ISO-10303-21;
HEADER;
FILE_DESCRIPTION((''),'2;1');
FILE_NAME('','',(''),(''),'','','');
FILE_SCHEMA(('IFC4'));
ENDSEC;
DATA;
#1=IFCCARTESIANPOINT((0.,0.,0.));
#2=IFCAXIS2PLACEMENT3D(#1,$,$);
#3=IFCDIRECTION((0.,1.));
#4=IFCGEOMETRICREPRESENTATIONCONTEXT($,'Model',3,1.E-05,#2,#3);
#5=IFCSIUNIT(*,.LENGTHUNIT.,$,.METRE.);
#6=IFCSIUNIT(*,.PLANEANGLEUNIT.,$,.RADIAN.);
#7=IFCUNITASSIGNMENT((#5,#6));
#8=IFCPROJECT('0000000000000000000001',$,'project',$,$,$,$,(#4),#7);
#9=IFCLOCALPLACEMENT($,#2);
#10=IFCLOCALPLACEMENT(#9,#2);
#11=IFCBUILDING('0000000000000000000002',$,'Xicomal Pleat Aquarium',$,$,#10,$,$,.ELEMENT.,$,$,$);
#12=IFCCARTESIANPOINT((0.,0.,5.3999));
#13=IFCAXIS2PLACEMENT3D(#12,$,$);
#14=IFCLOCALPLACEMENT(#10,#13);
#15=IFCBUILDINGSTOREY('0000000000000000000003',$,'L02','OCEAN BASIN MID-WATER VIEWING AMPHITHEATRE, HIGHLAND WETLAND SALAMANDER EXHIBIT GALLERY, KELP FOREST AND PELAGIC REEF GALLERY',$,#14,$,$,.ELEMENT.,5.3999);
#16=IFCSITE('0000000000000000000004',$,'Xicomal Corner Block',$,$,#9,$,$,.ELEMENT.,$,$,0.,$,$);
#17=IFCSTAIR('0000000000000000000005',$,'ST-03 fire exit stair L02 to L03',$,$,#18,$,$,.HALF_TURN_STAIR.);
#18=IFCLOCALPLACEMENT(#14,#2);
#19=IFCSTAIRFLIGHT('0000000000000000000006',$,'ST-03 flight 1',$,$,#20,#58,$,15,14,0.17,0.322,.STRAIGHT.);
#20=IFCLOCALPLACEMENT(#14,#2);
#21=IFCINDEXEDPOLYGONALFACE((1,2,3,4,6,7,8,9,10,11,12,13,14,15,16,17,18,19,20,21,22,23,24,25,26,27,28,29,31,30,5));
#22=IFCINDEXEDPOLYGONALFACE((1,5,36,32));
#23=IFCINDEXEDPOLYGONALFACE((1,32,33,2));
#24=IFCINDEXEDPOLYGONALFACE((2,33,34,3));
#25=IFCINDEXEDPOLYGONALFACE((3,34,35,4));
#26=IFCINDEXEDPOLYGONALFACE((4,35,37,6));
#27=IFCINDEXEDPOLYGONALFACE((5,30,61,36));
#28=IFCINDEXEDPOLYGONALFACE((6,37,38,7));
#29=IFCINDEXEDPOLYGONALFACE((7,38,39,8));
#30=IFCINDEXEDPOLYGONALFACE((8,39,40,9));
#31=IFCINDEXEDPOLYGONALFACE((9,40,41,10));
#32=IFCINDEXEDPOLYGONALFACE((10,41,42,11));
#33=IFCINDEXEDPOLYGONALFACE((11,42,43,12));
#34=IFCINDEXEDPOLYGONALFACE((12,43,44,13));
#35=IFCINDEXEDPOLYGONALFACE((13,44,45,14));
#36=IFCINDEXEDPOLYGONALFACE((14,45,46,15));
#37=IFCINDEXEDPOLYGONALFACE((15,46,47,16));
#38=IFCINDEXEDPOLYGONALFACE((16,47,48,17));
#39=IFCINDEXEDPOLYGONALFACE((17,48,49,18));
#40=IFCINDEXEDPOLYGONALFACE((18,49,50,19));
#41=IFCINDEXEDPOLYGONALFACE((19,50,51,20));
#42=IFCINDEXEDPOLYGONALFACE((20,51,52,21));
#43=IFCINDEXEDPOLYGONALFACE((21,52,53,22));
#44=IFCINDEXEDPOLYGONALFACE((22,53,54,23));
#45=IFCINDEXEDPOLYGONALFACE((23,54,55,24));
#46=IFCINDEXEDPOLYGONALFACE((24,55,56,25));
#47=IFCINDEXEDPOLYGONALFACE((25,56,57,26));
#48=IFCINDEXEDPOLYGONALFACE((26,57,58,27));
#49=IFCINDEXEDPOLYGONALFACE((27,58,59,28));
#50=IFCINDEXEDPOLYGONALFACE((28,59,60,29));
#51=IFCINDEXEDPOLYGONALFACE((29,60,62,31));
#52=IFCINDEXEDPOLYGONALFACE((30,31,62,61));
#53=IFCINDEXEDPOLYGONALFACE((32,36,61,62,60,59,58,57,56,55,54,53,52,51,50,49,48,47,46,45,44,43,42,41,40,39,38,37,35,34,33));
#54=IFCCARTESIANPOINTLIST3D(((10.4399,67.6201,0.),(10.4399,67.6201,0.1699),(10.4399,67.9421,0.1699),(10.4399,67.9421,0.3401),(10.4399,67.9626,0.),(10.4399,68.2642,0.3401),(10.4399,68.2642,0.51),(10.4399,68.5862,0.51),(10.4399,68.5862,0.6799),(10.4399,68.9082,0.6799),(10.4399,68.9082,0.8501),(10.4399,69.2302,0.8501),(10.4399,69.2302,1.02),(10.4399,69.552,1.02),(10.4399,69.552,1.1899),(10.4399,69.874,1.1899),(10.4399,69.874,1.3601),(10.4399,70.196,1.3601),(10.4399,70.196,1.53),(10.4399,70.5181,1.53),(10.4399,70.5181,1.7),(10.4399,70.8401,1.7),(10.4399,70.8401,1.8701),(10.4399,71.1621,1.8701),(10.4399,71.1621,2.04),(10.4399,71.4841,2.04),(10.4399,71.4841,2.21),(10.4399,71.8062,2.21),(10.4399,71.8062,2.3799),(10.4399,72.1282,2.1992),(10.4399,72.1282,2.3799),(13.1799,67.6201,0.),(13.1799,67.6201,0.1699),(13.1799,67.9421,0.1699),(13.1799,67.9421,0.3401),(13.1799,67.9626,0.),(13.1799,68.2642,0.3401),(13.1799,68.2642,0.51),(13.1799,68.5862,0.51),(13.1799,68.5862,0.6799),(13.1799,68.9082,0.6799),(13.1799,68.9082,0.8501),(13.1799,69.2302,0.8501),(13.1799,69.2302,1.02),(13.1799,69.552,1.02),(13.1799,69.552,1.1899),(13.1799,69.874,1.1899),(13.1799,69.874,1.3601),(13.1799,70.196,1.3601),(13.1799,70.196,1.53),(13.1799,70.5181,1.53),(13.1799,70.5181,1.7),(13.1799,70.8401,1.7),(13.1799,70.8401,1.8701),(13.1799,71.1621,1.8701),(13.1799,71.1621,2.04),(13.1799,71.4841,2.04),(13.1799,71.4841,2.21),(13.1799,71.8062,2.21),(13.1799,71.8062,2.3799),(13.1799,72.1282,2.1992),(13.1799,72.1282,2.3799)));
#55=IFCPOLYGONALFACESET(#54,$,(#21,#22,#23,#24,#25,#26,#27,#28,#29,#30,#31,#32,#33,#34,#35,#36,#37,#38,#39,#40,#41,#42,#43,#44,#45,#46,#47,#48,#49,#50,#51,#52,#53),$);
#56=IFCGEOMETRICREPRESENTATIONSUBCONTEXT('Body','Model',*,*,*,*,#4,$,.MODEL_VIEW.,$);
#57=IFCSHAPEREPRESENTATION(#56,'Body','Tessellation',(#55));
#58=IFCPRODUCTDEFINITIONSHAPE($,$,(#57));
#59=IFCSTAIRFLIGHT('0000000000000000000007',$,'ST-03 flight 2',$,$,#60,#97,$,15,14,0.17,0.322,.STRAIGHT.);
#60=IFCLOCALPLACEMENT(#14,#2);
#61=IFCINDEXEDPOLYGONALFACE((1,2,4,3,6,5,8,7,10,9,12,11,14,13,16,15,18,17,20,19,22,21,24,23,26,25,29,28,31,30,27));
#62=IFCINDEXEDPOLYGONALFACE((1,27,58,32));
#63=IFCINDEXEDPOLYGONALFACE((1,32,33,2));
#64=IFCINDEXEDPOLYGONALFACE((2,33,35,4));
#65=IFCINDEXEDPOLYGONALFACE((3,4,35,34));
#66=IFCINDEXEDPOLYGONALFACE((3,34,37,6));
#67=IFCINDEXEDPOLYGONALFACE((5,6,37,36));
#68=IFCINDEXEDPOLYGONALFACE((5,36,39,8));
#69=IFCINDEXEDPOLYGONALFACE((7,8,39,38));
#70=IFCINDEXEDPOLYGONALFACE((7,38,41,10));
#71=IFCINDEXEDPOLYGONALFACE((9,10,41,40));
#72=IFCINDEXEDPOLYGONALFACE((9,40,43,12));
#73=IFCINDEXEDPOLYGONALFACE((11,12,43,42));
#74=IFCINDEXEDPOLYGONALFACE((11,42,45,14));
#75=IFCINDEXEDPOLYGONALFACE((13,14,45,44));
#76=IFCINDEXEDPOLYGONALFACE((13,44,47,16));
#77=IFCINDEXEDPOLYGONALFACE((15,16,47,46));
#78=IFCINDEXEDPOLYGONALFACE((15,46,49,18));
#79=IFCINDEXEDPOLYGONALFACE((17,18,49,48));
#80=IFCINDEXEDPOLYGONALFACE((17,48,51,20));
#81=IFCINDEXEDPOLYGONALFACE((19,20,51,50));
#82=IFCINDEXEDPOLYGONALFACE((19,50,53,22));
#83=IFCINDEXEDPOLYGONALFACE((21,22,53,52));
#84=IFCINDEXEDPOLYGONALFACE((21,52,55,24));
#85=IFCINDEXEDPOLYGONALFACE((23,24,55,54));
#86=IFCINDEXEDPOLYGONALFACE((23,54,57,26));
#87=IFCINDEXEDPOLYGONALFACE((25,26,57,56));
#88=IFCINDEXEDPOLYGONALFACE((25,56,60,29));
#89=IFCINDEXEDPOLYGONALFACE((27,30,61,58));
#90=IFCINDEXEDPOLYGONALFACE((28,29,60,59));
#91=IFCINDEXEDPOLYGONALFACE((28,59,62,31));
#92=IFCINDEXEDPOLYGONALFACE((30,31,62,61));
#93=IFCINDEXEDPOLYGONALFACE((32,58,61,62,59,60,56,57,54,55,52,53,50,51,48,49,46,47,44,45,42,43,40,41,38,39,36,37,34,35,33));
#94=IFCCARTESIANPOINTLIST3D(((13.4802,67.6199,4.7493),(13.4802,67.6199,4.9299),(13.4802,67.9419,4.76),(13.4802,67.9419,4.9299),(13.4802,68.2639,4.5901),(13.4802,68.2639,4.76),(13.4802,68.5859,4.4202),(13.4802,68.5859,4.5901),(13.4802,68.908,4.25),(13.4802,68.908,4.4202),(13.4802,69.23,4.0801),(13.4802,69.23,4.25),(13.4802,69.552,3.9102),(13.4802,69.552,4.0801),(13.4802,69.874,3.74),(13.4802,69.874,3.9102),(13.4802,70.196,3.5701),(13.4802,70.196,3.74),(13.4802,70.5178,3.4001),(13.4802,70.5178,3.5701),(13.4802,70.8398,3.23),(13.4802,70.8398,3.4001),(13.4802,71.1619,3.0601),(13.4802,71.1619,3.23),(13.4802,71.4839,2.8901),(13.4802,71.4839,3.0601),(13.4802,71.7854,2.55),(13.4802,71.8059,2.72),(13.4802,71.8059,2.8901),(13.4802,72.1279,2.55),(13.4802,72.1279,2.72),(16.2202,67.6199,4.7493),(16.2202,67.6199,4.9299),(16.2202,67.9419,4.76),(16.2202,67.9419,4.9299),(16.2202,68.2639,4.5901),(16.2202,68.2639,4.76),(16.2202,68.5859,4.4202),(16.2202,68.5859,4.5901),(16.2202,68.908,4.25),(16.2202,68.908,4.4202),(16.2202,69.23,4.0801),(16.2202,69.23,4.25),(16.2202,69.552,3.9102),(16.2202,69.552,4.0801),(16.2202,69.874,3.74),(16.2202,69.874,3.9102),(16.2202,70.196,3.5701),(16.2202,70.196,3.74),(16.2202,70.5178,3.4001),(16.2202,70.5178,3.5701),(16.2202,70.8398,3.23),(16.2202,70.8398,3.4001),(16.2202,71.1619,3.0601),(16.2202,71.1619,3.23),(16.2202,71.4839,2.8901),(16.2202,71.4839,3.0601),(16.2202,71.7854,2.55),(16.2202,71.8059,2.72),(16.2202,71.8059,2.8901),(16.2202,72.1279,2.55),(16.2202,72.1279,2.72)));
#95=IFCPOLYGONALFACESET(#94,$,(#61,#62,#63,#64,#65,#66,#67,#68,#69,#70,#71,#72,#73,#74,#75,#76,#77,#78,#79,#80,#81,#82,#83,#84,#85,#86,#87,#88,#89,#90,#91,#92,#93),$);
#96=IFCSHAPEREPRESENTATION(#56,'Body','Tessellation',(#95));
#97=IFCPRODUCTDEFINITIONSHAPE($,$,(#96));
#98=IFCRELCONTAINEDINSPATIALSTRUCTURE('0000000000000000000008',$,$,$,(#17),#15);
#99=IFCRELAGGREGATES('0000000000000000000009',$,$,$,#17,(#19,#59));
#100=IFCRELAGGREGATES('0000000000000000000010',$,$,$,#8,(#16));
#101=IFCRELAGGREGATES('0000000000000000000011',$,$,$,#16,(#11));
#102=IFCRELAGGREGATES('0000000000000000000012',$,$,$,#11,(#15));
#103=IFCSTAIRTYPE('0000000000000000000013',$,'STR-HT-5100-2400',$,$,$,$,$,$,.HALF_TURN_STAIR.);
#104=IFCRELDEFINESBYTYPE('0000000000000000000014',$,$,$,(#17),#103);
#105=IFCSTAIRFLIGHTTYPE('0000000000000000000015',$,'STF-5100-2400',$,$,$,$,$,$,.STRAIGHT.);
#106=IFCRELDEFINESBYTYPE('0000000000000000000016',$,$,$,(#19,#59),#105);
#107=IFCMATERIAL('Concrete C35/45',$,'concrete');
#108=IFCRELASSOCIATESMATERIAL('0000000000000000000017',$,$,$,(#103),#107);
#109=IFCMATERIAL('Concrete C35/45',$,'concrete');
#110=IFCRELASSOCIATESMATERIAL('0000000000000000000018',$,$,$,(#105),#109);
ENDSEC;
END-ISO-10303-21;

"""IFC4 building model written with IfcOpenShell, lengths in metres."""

from ifc_helpers import new_model, si_unit, direction, frame, origin, place, context, subcontext, project, spatial, polyline, outline, extrude, material, type_object, element, aggregate, save


model = new_model("IFC4")

# Units and contexts
model_context = context("Model", 3, precision=1e-05, world=origin(), true_north=direction((0.0, 1.0)))
body_context = subcontext(model_context, "Body", "Model", "MODEL_VIEW")
ifc_project = project(units=[si_unit("LENGTHUNIT", "METRE"), si_unit("PLANEANGLEUNIT", "RADIAN")], contexts=[model_context])

# Site, building, storey
site_placement = place(None, origin())
site = spatial("IfcSite", under=ifc_project, at=site_placement, Name="Xicomal Corner Block", CompositionType="ELEMENT", RefElevation=0.0)
building_placement = place(site_placement, origin())
building = spatial("IfcBuilding", under=site, at=building_placement, Name="Xicomal Pleat Aquarium", CompositionType="ELEMENT")
storey_placement = place(building_placement, frame((0.0, 0.0, 5.3999)))
storey = spatial("IfcBuildingStorey", under=building, at=storey_placement, Name="L02", Description="OCEAN BASIN MID-WATER VIEWING AMPHITHEATRE, HIGHLAND WETLAND SALAMANDER EXHIBIT GALLERY, KELP FOREST AND PELAGIC REEF GALLERY", CompositionType="ELEMENT", Elevation=5.3999)

# Stair, stair flights
ifc_material_1 = material(Name="Concrete C35/45", Category="concrete")
stair_type = type_object("IfcStairType", Name="STR-HT-5100-2400", PredefinedType="HALF_TURN_STAIR", material=ifc_material_1)
stair_placement = place(storey_placement, origin())
stair = element("IfcStair", 1, at=stair_placement, inside=storey, type_object=stair_type, Name="ST-03 fire exit stair L02 to L03", PredefinedType="HALF_TURN_STAIR")
ifc_material_2 = material(Name="Concrete C35/45", Category="concrete")
stair_flight_type = type_object("IfcStairFlightType", Name="STF-5100-2400", PredefinedType="STRAIGHT", material=ifc_material_2)
stair_flight_1_placement = place(storey_placement, frame((11.8101, 67.6201, 0.0), z_axis=(0.0, 0.0, 1.0), x_axis=(0.0, 1.0, 0.0)))
stair_flight_1 = element("IfcStairFlight", 2, at=stair_flight_1_placement, type_object=stair_flight_type, Name="ST-03 flight 1", NumberOfRisers=15, NumberOfTreads=14, PredefinedType="STRAIGHT", RiserHeight=0.17, TreadLength=0.322, context=body_context, shape_type="SweptSolid", body=[
    extrude(outline(polyline([(0.0, 0.0), (0.0, 0.1699), (0.322, 0.1699), (0.322, 0.3401), (0.644, 0.3401), (0.644, 0.51), (0.9661, 0.51), (0.9661, 0.6799), (1.2881, 0.6799), (1.2881, 0.8501), (1.6101, 0.8501), (1.6101, 1.02), (1.9319, 1.02), (1.9319, 1.1899), (2.2539, 1.1899), (2.2539, 1.3601), (2.5759, 1.3601), (2.5759, 1.53), (2.8979, 1.53), (2.8979, 1.7), (3.22, 1.7), (3.22, 1.8701), (3.542, 1.8701), (3.542, 2.04), (3.864, 2.04), (3.864, 2.21), (4.186, 2.21), (4.186, 2.3799), (4.5081, 2.3799), (4.5081, 2.55), (4.5081, 2.1992), (0.3425, 0.0), (0.0, 0.0)])), frame((0.0, 1.3701, 0.0), z_axis=(0.0, -1.0, 0.0), x_axis=(1.0, 0.0, 0.0)), (0.0, 0.0, 1.0), 2.74),
])
stair_flight_2_placement = place(storey_placement, frame((14.8501, 72.1279, 2.55), z_axis=(0.0, 0.0, 1.0), x_axis=(0.0, -1.0, 0.0)))
stair_flight_2 = element("IfcStairFlight", 3, at=stair_flight_2_placement, type_object=stair_flight_type, Name="ST-03 flight 2", NumberOfRisers=15, NumberOfTreads=14, PredefinedType="STRAIGHT", RiserHeight=0.17, TreadLength=0.322, context=body_context, shape_type="SweptSolid", body=[
    extrude(outline(polyline([(0.0, 0.0), (0.0, 0.1699), (0.322, 0.1699), (0.322, 0.3401), (0.644, 0.3401), (0.644, 0.51), (0.9661, 0.51), (0.9661, 0.6799), (1.2881, 0.6799), (1.2881, 0.8501), (1.6101, 0.8501), (1.6101, 1.02), (1.9319, 1.02), (1.9319, 1.1899), (2.2539, 1.1899), (2.2539, 1.3601), (2.5759, 1.3601), (2.5759, 1.53), (2.8979, 1.53), (2.8979, 1.7), (3.22, 1.7), (3.22, 1.8701), (3.542, 1.8701), (3.542, 2.04), (3.864, 2.04), (3.864, 2.21), (4.186, 2.21), (4.186, 2.3799), (4.5081, 2.3799), (4.5081, 2.55), (4.5081, 2.1992), (0.3425, 0.0), (0.0, 0.0)])), frame((0.0, 1.3701, 0.0), z_axis=(0.0, -1.0, 0.0), x_axis=(1.0, 0.0, 0.0)), (0.0, 0.0, 1.0), 2.74),
])
aggregate(stair, [stair_flight_1, stair_flight_2])

save(model, "model.ifc")
